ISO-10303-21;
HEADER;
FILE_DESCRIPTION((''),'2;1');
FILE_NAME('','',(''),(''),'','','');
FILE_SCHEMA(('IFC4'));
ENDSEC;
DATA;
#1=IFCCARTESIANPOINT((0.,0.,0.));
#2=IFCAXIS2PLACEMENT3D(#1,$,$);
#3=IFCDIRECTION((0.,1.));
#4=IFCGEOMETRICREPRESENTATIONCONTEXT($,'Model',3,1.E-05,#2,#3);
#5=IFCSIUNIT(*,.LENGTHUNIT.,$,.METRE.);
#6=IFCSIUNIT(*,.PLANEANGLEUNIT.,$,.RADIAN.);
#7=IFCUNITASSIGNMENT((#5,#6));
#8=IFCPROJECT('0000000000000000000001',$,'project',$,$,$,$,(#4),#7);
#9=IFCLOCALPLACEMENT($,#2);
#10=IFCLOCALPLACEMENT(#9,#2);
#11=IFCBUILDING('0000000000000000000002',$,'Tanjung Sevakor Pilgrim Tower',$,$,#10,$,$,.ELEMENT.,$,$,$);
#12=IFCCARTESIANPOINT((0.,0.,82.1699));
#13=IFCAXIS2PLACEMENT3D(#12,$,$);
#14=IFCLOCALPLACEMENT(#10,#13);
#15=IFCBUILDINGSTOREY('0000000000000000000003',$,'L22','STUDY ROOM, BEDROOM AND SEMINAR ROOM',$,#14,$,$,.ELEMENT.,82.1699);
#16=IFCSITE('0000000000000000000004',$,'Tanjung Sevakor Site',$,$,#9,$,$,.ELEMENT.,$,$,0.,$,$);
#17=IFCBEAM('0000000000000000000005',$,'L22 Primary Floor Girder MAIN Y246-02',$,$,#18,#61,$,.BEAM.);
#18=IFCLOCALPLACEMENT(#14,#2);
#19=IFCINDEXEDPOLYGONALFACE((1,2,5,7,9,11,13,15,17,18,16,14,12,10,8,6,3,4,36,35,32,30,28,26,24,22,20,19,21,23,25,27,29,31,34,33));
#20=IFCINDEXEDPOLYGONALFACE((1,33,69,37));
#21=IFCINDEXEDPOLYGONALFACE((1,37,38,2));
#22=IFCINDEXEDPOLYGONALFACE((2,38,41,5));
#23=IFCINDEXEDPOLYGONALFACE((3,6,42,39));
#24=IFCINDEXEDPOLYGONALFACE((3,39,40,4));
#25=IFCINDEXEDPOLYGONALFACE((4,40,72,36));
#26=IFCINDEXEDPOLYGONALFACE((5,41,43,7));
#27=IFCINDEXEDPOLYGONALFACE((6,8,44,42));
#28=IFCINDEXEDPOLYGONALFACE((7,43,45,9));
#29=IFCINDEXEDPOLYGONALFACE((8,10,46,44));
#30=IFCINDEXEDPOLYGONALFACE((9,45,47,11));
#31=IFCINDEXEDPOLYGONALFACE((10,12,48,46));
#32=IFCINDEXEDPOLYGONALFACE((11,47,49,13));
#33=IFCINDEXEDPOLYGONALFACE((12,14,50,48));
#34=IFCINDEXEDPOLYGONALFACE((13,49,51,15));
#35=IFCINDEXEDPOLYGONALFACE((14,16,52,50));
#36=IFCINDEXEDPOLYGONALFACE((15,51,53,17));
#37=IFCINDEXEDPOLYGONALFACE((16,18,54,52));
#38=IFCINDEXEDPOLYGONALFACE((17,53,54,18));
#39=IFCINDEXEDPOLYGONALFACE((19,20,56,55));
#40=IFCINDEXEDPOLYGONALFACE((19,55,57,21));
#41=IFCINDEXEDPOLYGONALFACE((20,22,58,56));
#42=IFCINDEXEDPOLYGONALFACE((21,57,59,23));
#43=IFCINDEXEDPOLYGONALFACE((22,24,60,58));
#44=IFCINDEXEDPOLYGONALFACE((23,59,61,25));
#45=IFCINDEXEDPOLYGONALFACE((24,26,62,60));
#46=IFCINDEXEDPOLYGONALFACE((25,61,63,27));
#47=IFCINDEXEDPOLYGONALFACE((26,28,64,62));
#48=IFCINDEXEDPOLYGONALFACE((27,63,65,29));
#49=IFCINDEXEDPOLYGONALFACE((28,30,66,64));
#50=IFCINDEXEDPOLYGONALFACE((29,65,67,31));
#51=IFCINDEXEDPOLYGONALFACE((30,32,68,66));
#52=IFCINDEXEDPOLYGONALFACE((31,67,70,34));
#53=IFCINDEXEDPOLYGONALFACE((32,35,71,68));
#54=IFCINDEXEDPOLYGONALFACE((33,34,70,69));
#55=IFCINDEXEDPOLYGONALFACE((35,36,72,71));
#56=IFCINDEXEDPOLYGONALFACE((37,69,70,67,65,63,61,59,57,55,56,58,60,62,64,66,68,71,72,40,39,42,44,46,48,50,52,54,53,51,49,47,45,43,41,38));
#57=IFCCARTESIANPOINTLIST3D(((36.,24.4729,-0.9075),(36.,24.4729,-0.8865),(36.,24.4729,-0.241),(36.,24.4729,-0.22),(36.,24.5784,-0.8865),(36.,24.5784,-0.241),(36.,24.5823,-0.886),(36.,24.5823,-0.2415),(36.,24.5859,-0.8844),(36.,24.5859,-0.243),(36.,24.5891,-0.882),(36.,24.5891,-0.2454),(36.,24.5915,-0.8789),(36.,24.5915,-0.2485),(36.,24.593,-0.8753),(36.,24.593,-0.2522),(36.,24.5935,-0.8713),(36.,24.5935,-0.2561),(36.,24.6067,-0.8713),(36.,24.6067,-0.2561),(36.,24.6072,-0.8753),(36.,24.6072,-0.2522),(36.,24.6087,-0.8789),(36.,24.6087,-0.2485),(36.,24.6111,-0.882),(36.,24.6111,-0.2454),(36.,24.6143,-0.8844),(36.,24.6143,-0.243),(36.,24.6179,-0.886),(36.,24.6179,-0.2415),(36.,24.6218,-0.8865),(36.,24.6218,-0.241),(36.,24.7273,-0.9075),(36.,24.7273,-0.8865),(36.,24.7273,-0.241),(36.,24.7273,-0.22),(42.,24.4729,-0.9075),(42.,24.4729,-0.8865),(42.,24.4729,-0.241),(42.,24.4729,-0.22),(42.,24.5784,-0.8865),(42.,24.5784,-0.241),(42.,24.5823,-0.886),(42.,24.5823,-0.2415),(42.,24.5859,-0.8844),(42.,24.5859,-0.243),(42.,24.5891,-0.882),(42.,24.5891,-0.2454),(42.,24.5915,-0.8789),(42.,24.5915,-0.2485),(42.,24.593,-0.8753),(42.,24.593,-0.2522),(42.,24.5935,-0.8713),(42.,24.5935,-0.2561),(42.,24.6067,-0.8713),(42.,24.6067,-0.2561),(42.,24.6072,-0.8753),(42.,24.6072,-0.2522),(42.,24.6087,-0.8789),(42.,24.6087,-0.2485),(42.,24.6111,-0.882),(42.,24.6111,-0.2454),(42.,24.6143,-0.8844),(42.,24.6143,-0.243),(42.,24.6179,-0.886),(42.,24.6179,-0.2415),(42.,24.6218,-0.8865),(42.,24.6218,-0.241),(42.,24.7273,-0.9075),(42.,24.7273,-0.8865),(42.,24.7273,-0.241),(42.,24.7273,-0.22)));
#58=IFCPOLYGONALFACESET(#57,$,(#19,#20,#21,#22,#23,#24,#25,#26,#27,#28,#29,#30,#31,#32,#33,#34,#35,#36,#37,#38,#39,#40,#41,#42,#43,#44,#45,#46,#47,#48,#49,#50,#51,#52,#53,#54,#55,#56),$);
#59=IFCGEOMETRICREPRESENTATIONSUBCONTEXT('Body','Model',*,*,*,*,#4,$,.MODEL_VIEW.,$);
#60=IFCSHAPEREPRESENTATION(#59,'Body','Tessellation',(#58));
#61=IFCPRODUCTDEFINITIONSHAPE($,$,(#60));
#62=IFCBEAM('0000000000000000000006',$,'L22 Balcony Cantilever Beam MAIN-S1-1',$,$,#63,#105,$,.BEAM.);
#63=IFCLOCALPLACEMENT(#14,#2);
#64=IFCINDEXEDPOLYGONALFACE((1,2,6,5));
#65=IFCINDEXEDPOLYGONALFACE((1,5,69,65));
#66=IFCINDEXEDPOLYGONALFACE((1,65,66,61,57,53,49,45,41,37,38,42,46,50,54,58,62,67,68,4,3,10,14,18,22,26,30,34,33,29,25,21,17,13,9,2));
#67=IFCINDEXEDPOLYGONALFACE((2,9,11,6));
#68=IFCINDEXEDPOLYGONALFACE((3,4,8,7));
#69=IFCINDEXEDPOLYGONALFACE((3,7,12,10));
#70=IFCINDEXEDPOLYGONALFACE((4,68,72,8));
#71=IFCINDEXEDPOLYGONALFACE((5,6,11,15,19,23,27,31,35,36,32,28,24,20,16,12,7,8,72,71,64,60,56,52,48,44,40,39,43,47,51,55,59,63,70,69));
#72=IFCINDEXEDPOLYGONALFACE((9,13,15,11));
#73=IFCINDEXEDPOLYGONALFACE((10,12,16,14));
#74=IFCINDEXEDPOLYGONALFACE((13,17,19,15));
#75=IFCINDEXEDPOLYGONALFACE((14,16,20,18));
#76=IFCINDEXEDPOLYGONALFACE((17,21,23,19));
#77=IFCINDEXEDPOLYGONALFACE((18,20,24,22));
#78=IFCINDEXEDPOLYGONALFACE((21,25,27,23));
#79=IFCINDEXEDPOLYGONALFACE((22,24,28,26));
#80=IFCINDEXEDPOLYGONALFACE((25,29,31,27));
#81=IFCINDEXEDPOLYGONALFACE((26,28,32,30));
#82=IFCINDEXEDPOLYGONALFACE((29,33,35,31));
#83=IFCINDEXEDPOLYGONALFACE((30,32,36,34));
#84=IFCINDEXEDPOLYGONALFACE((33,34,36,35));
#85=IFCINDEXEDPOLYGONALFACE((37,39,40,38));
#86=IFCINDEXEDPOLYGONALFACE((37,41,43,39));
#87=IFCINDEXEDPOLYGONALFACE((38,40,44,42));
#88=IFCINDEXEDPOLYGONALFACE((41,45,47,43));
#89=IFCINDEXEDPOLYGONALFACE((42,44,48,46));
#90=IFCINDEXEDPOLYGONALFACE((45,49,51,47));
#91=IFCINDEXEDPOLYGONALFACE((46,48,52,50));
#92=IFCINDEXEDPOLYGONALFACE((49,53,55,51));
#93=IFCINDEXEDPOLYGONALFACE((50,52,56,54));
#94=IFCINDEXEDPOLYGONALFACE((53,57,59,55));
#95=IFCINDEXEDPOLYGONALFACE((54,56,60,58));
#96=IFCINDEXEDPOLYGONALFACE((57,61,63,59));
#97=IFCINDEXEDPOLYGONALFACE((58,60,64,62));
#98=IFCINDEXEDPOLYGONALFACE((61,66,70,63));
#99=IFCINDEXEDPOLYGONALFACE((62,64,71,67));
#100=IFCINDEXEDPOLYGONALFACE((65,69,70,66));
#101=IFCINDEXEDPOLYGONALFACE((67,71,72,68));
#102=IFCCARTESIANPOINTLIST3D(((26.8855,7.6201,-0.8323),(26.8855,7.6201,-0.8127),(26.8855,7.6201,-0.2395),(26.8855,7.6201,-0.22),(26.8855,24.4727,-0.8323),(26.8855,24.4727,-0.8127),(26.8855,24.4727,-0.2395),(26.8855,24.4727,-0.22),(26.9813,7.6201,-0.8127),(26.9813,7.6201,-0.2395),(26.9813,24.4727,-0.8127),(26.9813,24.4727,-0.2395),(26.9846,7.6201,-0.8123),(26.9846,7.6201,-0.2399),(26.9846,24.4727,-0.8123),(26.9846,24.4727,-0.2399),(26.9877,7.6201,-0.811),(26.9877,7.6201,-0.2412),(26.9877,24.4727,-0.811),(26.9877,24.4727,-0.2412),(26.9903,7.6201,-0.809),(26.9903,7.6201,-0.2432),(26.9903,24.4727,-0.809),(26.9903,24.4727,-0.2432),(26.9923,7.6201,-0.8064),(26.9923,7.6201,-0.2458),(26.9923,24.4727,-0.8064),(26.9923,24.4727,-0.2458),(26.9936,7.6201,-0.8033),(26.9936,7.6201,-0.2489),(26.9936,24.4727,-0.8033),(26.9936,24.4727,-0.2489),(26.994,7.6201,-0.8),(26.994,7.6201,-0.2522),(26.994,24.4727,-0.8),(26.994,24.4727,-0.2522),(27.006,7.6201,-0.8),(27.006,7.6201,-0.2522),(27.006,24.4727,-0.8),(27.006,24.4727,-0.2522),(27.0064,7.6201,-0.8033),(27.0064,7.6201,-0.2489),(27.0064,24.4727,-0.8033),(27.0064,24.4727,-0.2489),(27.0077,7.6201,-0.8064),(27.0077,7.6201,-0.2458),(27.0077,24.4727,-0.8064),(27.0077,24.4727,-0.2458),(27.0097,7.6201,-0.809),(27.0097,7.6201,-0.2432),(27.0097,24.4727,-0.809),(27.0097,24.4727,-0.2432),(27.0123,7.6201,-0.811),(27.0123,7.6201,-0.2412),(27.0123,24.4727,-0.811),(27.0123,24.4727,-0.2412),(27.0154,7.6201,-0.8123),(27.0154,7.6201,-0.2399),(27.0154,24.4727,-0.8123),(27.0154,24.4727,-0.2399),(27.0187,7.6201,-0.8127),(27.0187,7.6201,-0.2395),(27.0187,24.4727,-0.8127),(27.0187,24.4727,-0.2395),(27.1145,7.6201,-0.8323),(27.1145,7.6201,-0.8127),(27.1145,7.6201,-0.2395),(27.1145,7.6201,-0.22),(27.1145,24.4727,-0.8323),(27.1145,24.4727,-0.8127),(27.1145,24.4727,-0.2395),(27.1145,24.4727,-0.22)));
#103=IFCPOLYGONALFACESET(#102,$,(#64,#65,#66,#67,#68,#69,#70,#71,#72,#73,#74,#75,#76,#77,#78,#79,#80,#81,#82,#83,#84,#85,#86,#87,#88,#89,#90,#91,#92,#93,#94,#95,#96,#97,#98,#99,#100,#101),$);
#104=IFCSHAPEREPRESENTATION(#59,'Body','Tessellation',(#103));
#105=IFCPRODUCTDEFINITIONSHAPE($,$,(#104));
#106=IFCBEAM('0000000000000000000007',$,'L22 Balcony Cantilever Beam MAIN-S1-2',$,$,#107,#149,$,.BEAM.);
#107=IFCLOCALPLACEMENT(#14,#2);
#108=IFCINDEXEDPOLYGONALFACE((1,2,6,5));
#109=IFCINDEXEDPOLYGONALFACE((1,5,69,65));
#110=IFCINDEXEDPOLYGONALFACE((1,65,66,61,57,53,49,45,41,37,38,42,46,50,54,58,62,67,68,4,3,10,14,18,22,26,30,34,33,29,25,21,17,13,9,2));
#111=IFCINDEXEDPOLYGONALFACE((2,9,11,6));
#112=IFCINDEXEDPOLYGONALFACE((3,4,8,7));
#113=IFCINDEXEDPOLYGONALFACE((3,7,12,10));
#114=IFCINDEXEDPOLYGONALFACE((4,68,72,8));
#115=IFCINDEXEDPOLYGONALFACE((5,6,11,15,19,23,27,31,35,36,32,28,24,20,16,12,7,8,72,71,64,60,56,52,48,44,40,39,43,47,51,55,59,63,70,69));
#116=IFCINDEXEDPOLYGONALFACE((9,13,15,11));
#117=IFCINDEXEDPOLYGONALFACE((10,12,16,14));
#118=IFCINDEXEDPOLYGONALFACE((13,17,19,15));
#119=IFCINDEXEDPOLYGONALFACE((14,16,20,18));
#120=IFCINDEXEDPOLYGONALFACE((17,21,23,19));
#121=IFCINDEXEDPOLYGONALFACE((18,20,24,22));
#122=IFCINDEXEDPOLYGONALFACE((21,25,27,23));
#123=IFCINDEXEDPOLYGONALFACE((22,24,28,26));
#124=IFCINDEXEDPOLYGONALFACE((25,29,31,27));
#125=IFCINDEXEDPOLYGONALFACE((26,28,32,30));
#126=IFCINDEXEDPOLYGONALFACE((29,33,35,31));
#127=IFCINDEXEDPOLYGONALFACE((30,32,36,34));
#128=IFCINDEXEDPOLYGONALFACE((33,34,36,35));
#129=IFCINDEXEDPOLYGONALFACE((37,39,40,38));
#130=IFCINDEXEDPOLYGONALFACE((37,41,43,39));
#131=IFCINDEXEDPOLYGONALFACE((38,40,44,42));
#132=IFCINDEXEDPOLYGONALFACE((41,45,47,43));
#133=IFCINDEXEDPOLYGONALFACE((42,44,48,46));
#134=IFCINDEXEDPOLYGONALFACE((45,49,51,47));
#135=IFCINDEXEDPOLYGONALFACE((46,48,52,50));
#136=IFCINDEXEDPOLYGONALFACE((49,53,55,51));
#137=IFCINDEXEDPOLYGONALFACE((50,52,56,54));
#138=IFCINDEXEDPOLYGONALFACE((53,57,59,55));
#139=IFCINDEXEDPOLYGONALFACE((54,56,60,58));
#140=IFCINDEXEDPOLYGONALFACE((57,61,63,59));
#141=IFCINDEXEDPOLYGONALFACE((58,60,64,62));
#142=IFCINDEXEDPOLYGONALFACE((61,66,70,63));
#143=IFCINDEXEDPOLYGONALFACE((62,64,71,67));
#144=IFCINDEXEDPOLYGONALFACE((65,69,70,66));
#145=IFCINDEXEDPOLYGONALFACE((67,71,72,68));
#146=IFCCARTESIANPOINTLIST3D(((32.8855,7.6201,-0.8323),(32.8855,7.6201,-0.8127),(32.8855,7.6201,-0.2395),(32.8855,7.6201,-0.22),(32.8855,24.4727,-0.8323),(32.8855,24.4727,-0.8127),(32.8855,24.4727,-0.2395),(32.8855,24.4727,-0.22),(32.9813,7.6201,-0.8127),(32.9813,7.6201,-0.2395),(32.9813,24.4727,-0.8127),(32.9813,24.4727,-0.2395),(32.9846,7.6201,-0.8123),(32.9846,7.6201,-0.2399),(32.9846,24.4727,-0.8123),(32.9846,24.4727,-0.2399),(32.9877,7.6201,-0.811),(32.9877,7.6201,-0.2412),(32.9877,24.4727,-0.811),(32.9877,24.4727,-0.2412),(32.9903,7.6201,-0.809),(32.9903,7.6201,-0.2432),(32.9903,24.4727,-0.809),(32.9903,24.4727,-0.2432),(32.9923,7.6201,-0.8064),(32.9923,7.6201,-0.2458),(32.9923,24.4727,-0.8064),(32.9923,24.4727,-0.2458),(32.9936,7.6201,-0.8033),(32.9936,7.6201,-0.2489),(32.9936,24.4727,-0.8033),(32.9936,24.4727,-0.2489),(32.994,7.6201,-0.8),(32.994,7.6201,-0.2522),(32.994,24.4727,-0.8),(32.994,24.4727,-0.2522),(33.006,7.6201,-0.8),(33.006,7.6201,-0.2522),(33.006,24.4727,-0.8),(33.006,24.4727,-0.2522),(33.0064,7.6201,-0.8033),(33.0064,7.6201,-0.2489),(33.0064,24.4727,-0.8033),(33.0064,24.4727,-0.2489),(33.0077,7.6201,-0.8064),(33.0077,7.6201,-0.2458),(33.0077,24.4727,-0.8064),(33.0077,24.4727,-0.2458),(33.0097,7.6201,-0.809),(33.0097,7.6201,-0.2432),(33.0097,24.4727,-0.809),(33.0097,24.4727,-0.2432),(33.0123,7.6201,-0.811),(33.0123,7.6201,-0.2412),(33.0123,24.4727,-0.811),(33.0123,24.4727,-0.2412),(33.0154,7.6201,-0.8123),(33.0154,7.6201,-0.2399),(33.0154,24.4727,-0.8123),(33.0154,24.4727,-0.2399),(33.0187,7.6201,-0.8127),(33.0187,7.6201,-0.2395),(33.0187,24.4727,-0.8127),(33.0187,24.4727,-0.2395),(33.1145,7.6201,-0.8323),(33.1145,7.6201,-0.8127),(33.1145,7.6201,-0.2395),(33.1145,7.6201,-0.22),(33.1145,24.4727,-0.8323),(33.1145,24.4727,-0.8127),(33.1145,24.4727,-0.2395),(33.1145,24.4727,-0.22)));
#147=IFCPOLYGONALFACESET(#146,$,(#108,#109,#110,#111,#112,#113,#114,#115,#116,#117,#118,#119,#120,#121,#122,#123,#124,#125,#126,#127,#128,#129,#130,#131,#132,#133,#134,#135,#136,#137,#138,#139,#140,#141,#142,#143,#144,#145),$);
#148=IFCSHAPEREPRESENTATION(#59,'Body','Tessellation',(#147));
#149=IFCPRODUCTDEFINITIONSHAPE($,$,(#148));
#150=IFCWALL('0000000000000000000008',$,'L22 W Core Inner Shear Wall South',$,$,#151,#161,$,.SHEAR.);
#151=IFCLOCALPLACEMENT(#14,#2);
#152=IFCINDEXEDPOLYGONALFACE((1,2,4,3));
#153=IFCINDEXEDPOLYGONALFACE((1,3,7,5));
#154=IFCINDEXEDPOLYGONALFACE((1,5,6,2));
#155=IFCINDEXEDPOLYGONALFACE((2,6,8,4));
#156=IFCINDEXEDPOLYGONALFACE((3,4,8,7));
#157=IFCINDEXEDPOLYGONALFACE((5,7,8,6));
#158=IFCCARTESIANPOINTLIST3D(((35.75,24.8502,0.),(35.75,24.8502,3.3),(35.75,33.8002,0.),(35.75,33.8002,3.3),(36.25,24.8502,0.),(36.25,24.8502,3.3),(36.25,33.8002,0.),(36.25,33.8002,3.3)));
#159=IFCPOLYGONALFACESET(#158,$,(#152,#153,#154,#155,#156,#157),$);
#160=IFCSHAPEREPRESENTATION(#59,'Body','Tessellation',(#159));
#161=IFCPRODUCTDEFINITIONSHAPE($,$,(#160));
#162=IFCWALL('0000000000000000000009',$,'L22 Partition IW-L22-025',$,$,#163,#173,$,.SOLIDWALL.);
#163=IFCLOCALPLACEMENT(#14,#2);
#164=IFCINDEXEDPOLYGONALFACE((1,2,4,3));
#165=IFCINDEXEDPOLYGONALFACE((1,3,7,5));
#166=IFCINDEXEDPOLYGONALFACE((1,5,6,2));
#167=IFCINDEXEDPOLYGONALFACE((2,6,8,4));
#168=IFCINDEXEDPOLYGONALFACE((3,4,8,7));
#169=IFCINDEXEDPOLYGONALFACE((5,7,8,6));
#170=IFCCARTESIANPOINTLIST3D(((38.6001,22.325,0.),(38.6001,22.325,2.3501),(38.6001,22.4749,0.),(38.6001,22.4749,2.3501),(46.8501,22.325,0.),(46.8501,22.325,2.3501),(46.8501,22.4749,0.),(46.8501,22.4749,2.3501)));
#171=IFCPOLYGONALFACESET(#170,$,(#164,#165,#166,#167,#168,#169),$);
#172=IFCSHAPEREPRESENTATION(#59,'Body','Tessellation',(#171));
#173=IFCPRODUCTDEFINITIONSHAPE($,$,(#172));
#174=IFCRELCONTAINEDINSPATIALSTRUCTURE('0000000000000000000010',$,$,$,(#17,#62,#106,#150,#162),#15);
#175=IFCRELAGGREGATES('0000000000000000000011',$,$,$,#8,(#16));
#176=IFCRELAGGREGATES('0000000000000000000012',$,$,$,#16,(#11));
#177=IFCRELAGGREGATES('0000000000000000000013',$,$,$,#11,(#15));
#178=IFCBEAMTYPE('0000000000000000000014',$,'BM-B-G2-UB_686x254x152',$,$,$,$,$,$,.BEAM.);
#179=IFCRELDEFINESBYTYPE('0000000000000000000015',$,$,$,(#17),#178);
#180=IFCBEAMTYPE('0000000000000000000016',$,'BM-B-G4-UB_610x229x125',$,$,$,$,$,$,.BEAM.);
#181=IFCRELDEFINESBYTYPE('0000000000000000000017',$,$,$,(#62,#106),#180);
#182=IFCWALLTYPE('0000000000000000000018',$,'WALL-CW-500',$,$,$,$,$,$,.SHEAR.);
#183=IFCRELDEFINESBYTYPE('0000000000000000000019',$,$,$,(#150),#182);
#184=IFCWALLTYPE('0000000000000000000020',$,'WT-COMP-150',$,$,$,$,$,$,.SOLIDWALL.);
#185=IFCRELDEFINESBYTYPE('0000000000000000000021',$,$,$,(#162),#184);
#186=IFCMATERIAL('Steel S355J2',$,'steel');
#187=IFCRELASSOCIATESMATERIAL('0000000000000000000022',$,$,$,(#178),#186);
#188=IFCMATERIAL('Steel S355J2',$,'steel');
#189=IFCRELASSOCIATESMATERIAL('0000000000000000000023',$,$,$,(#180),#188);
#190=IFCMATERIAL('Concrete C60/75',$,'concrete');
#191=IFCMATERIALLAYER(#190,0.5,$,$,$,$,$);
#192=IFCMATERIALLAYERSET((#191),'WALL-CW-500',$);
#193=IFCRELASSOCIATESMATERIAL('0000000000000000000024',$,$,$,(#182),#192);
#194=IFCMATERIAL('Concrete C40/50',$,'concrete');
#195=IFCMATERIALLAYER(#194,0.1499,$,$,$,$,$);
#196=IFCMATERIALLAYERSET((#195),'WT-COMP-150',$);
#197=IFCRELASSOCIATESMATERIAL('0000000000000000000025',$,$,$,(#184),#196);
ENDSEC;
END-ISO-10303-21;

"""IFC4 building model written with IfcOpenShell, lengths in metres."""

from ifc_helpers import new_model, si_unit, direction, frame, frame_2d, origin, origin_2d, place, context, subcontext, project, spatial, rectangle, i_section, extrude, material, layer, layer_set, material_profile, profile_set, type_object, element, save


model = new_model("IFC4")

# Units and contexts
model_context = context("Model", 3, precision=1e-05, world=origin(), true_north=direction((0.0, 1.0)))
body_context = subcontext(model_context, "Body", "Model", "MODEL_VIEW")
ifc_project = project(units=[si_unit("LENGTHUNIT", "METRE"), si_unit("PLANEANGLEUNIT", "RADIAN")], contexts=[model_context])

# Site, building, storey
site_placement = place(None, origin())
site = spatial("IfcSite", under=ifc_project, at=site_placement, Name="Tanjung Sevakor Site", CompositionType="ELEMENT", RefElevation=0.0)
building_placement = place(site_placement, origin())
building = spatial("IfcBuilding", under=site, at=building_placement, Name="Tanjung Sevakor Pilgrim Tower", CompositionType="ELEMENT")
storey_placement = place(building_placement, frame((0.0, 0.0, 82.1699)))
storey = spatial("IfcBuildingStorey", under=building, at=storey_placement, Name="L22", Description="STUDY ROOM, BEDROOM AND SEMINAR ROOM", CompositionType="ELEMENT", Elevation=82.1699)

# Beams
ifc_material_1 = material(Name="Steel S355J2", Category="steel")
ifc_material_profile_1 = material_profile(ifc_material_1, i_section(OverallWidth=0.2544, OverallDepth=0.6875, WebThickness=0.0132, FlangeThickness=0.021, FilletRadius=0.0151, at=origin_2d()))
ifc_profile_set_1 = profile_set([ifc_material_profile_1], Name="Steel S355J2")
beam_type_1 = type_object("IfcBeamType", Name="BM-B-G2-UB_686x254x152", PredefinedType="BEAM", material=ifc_profile_set_1)
beam_placement = place(storey_placement, frame((36.0, 24.6001, -0.5637), z_axis=(1.0, 0.0, 0.0), x_axis=(0.0, 1.0, 0.0)))
element("IfcBeam", 1, at=beam_placement, inside=storey, type_object=beam_type_1, Name="L22 Primary Floor Girder MAIN Y246-02", PredefinedType="BEAM", context=body_context, shape_type="SweptSolid", body=[
    extrude(i_section(OverallWidth=0.2544, OverallDepth=0.6875, WebThickness=0.0132, FlangeThickness=0.021, FilletRadius=0.0151, at=origin_2d()), origin(), (0.0, 0.0, 1.0), 6.0),
])
ifc_material_2 = material(Name="Steel S355J2", Category="steel")
ifc_material_profile_2 = material_profile(ifc_material_2, i_section(OverallWidth=0.229, OverallDepth=0.6123, WebThickness=0.012, FlangeThickness=0.0195, FilletRadius=0.0127, at=origin_2d()))
ifc_profile_set_2 = profile_set([ifc_material_profile_2], Name="Steel S355J2")
beam_type_2 = type_object("IfcBeamType", Name="BM-B-G4-UB_610x229x125", PredefinedType="BEAM", material=ifc_profile_set_2)
for number, where, z_axis, x_axis, name in (
    (2, (27.0, 24.4727, -0.5261), (0.0, -1.0, 0.0), (1.0, 0.0, 0.0), "L22 Balcony Cantilever Beam MAIN-S1-1"),
    (3, (33.0, 24.4727, -0.5261), (0.0, -1.0, 0.0), (1.0, 0.0, 0.0), "L22 Balcony Cantilever Beam MAIN-S1-2"),
):
    element("IfcBeam", number, at=place(storey_placement, frame(where, z_axis=z_axis, x_axis=x_axis)), inside=storey, type_object=beam_type_2, Name=name, PredefinedType="BEAM", context=body_context, shape_type="SweptSolid", body=[
        extrude(i_section(OverallWidth=0.229, OverallDepth=0.6123, WebThickness=0.012, FlangeThickness=0.0195, FilletRadius=0.0127, at=origin_2d()), origin(), (0.0, 0.0, 1.0), 16.8525),
    ])

# Wall
ifc_material_3 = material(Name="Concrete C60/75", Category="concrete")
ifc_layer_1 = layer(ifc_material_3, 0.5)
ifc_layer_set_1 = layer_set([ifc_layer_1], Name="WALL-CW-500")
wall_type_1 = type_object("IfcWallType", Name="WALL-CW-500", PredefinedType="SHEAR", material=ifc_layer_set_1)
wall_1_placement = place(storey_placement, frame((36.0, 24.8501, 0.0), z_axis=(0.0, 0.0, 1.0), x_axis=(0.0, 1.0, 0.0)))
element("IfcWall", 4, at=wall_1_placement, inside=storey, type_object=wall_type_1, Name="L22 W Core Inner Shear Wall South", PredefinedType="SHEAR", context=body_context, shape_type="SweptSolid", body=[
    extrude(rectangle(XDim=8.95, YDim=0.5, at=frame_2d((4.4751, 0.0))), origin(), (0.0, 0.0, 1.0), 3.3),
])

# Wall
ifc_material_4 = material(Name="Concrete C40/50", Category="concrete")
ifc_layer_2 = layer(ifc_material_4, 0.1499)
ifc_layer_set_2 = layer_set([ifc_layer_2], Name="WT-COMP-150")
wall_type_2 = type_object("IfcWallType", Name="WT-COMP-150", PredefinedType="SOLIDWALL", material=ifc_layer_set_2)
wall_2_placement = place(storey_placement, frame((38.6001, 22.3999, 0.0), z_axis=(0.0, 0.0, 1.0), x_axis=(1.0, 0.0, 0.0)))
element("IfcWall", 5, at=wall_2_placement, inside=storey, type_object=wall_type_2, Name="L22 Partition IW-L22-025", PredefinedType="SOLIDWALL", context=body_context, shape_type="SweptSolid", body=[
    extrude(rectangle(XDim=8.25, YDim=0.1499, at=frame_2d((4.125, 0.0))), origin(), (0.0, 0.0, 1.0), 2.3501),
])

save(model, "model.ifc")
